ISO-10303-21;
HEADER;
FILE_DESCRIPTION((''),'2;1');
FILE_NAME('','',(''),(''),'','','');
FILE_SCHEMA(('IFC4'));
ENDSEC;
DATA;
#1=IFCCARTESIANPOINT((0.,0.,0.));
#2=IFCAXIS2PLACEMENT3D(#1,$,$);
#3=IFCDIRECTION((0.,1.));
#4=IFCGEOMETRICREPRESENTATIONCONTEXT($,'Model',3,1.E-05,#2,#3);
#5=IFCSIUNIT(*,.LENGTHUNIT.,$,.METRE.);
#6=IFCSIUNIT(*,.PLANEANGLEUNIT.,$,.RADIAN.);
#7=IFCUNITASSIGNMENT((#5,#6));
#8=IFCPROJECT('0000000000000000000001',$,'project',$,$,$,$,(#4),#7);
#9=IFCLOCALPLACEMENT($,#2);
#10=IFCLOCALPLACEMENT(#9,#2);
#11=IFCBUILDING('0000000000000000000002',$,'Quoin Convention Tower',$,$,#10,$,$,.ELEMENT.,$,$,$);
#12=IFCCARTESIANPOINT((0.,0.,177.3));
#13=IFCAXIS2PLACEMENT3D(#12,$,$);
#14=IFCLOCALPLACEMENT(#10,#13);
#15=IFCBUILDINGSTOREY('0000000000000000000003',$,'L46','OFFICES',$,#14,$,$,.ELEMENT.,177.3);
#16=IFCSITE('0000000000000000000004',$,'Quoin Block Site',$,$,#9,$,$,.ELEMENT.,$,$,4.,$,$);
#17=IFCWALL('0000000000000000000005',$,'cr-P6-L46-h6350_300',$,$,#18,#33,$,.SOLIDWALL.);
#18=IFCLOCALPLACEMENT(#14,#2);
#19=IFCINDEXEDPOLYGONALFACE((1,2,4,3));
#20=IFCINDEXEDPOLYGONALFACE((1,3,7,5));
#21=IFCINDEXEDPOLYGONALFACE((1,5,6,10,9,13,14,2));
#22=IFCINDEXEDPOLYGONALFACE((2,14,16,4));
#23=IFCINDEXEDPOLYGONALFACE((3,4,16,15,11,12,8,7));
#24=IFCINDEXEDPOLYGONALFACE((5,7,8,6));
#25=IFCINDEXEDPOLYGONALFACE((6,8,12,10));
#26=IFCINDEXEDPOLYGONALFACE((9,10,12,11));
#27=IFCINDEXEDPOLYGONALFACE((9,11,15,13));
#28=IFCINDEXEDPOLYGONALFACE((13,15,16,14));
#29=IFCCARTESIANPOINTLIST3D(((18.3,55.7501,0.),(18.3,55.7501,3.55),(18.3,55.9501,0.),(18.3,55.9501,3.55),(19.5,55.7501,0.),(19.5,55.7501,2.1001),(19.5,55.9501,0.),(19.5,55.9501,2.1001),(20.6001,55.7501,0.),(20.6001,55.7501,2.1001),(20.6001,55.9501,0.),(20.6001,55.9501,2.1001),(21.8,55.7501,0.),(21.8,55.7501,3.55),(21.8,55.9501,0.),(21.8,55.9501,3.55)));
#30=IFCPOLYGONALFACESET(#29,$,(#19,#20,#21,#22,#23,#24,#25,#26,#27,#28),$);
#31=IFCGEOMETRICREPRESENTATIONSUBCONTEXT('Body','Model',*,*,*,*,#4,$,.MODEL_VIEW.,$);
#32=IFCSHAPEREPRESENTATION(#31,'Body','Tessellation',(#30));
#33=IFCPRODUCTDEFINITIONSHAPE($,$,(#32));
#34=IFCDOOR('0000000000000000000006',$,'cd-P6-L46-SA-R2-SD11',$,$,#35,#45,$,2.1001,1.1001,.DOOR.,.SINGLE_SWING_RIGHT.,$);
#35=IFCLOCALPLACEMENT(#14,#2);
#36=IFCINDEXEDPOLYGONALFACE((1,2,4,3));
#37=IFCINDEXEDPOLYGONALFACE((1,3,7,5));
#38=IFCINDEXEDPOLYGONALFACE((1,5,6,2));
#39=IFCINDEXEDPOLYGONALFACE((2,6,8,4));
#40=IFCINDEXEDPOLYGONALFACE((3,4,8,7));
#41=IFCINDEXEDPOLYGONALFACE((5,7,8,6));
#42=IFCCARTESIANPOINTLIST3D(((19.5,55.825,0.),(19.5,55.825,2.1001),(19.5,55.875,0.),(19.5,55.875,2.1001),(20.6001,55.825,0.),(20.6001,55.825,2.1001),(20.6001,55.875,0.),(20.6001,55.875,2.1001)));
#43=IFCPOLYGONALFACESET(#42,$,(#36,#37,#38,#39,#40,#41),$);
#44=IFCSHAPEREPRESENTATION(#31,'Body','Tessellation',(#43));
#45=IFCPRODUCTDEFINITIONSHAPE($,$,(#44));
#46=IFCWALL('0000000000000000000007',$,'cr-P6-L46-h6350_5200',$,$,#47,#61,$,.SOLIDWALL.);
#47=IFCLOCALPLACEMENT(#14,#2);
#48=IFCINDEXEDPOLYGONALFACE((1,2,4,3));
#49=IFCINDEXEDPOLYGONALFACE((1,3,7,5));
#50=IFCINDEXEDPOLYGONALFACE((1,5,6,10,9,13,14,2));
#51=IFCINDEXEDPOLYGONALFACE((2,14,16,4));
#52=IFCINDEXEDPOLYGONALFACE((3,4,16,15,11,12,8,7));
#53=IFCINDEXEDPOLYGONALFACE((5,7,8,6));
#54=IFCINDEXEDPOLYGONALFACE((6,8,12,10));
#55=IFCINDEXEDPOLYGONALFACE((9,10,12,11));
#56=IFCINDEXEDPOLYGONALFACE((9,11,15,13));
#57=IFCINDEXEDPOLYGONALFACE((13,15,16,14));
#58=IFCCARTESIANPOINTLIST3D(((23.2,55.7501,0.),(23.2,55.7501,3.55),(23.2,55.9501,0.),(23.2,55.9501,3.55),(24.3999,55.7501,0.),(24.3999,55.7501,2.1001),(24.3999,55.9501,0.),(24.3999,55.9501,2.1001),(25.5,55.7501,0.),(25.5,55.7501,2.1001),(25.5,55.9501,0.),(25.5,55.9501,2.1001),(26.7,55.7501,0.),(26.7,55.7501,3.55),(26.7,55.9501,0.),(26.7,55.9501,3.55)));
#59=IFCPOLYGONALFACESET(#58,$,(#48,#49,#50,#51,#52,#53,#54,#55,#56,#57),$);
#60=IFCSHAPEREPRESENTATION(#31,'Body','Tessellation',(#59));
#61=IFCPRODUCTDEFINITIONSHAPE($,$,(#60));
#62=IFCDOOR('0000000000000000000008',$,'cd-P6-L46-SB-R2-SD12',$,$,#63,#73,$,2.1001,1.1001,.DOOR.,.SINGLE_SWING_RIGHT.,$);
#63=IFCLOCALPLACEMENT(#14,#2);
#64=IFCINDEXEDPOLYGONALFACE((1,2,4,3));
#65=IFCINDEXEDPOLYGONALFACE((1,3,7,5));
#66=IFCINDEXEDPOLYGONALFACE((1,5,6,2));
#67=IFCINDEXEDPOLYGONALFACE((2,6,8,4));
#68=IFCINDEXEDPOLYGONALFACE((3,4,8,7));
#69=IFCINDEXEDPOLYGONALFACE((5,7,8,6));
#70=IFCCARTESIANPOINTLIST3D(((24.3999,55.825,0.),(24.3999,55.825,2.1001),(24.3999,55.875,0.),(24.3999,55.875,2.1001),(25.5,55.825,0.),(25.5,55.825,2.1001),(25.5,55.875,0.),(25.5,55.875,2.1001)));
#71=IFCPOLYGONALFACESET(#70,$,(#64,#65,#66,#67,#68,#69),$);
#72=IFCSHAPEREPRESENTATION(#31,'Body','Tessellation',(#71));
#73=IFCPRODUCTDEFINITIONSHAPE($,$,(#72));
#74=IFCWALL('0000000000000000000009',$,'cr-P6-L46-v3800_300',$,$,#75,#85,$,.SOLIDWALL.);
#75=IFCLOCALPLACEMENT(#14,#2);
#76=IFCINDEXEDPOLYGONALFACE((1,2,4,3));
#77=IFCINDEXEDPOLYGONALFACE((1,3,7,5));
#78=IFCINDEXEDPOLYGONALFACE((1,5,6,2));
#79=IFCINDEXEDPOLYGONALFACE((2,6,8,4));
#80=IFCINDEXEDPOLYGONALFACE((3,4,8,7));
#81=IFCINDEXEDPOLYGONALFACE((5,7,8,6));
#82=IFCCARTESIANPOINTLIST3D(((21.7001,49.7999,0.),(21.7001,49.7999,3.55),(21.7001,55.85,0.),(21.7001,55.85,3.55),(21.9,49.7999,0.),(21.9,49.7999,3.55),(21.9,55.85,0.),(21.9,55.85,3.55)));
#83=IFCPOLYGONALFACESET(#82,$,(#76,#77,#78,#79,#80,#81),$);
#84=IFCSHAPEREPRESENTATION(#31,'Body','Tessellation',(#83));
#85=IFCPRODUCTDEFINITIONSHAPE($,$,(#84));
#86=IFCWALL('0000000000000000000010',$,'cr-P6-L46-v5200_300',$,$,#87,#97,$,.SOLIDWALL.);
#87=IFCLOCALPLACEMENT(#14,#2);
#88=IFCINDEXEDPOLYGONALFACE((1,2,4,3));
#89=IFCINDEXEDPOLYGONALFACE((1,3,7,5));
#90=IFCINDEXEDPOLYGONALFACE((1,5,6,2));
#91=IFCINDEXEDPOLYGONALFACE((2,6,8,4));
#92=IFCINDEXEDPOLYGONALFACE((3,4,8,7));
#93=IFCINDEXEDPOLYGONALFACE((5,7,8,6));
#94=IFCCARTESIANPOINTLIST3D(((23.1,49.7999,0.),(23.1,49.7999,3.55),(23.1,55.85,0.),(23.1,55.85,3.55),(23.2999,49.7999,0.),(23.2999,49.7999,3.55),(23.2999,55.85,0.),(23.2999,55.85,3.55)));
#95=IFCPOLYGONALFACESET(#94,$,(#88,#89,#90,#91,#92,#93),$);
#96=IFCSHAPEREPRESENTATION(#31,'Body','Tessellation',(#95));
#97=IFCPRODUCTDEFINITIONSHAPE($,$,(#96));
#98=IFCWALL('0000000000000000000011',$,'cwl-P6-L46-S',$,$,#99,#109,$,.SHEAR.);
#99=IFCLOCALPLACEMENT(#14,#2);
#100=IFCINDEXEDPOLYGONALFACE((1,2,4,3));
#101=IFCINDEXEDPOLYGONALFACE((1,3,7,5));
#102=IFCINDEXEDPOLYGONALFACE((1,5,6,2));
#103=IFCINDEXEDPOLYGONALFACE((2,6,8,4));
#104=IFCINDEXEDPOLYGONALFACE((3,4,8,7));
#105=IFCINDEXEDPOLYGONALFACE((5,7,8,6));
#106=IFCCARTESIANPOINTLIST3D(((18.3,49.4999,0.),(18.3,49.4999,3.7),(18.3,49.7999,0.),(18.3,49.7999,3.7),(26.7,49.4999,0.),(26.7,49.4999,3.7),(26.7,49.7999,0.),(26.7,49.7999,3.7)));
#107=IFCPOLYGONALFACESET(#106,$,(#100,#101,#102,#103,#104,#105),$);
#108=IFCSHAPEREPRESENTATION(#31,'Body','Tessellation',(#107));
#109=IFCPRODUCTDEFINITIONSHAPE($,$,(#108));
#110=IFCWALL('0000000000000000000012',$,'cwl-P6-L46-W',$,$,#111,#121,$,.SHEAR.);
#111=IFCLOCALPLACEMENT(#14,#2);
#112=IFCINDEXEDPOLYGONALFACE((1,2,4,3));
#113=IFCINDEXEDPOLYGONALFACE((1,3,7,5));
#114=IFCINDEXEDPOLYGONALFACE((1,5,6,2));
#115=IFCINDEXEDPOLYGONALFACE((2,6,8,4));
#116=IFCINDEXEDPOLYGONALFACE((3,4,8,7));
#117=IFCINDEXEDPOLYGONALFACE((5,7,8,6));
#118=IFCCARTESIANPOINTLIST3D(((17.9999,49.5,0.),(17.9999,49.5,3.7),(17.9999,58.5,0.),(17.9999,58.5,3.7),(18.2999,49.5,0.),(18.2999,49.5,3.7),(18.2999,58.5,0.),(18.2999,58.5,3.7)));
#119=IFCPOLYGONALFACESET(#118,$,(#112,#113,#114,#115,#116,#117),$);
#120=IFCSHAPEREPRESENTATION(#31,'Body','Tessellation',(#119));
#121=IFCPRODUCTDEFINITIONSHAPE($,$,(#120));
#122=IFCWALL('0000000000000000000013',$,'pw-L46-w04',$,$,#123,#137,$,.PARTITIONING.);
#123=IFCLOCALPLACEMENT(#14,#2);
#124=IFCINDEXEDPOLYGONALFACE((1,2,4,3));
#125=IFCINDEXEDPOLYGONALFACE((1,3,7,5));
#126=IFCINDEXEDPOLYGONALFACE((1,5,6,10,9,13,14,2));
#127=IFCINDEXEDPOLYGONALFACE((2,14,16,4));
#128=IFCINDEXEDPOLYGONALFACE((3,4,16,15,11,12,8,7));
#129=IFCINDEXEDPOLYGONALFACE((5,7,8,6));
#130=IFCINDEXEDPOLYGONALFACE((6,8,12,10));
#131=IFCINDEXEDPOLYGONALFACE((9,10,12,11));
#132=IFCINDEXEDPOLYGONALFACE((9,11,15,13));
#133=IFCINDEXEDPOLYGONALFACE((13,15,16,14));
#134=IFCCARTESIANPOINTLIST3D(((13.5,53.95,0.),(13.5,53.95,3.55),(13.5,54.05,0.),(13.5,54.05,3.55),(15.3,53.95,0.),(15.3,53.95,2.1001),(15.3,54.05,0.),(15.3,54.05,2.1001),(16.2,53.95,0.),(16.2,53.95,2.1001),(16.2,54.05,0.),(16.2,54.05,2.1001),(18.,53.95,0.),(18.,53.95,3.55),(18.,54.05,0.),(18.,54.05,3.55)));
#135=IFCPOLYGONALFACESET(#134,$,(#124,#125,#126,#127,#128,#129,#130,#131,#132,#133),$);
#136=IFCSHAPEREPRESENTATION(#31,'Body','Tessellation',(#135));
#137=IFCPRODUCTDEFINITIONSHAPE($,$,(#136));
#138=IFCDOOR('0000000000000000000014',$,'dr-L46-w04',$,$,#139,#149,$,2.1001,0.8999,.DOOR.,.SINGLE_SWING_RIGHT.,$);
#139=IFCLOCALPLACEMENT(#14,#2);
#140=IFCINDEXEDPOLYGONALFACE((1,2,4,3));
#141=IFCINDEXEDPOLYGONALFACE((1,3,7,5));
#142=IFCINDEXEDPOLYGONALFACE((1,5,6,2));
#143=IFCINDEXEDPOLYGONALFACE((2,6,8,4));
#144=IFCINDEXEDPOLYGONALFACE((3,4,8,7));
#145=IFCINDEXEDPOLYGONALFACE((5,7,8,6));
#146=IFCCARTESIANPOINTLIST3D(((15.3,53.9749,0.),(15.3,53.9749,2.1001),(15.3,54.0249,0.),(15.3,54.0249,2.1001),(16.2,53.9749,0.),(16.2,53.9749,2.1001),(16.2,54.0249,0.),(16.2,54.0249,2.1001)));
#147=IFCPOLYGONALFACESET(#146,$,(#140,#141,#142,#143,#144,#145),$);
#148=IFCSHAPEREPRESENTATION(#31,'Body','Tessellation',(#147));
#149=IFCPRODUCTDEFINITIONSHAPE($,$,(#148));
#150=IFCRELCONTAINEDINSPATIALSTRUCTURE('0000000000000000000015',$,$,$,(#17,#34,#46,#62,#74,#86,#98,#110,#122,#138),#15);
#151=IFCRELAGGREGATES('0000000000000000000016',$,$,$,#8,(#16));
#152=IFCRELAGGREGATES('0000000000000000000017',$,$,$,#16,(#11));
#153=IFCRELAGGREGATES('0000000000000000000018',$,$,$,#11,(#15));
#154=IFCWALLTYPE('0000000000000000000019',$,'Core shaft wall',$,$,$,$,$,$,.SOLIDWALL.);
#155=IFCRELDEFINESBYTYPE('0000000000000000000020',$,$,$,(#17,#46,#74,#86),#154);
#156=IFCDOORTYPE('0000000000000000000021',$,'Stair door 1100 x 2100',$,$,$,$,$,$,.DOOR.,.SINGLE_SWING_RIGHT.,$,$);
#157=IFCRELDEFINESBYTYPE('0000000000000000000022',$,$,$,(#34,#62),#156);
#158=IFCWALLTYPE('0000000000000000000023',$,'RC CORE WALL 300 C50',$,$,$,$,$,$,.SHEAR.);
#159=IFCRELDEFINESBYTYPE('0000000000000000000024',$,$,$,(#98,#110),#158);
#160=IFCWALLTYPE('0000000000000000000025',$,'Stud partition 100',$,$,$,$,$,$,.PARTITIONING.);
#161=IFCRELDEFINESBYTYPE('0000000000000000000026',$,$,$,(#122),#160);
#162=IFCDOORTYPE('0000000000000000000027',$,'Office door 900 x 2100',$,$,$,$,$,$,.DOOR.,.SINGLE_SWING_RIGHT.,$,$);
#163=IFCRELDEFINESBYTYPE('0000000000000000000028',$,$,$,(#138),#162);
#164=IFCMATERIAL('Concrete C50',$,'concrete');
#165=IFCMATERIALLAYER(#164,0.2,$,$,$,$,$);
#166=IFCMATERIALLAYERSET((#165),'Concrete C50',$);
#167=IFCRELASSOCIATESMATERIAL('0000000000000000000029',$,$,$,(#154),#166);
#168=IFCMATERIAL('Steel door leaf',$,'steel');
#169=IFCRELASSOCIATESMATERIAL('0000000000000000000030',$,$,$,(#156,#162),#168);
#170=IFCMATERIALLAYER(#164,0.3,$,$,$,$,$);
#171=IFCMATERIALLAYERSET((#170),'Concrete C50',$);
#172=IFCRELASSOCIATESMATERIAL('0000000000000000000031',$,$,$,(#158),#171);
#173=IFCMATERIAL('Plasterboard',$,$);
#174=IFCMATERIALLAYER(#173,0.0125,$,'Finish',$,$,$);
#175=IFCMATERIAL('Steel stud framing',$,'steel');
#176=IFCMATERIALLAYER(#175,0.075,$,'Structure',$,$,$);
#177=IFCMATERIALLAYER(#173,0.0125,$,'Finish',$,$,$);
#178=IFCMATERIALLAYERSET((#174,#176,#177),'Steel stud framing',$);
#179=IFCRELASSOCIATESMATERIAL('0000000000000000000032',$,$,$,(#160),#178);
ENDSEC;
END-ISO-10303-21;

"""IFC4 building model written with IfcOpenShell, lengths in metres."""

from ifc_helpers import new_model, si_unit, direction, frame, frame_2d, origin, place, context, subcontext, project, spatial, rectangle, extrude, material, layer, layer_set, type_object, element, fill, save


model = new_model("IFC4")

# Units and contexts
model_context = context("Model", 3, precision=1e-05, world=origin(), true_north=direction((0.0, 1.0)))
body_context = subcontext(model_context, "Body", "Model", "MODEL_VIEW")
ifc_project = project(units=[si_unit("LENGTHUNIT", "METRE"), si_unit("PLANEANGLEUNIT", "RADIAN")], contexts=[model_context])

# Site, building, storey
site_placement = place(None, origin())
site = spatial("IfcSite", under=ifc_project, at=site_placement, Name="Quoin Block Site", CompositionType="ELEMENT", RefElevation=4.0)
building_placement = place(site_placement, origin())
building = spatial("IfcBuilding", under=site, at=building_placement, Name="Quoin Convention Tower", CompositionType="ELEMENT")
storey_placement = place(building_placement, frame((0.0, 0.0, 177.3)))
storey = spatial("IfcBuildingStorey", under=building, at=storey_placement, Name="L46", Description="OFFICES", CompositionType="ELEMENT", Elevation=177.3)

# Shared definitions
ifc_material_1 = material(Name="Concrete C50", Category="concrete")

# Shared definitions
ifc_layer_1 = layer(ifc_material_1, 0.2)
ifc_layer_set_1 = layer_set([ifc_layer_1], Name="Concrete C50")
wall_type_1 = type_object("IfcWallType", Name="Core shaft wall", PredefinedType="SOLIDWALL", material=ifc_layer_set_1)

# Walls, openings, doors
wall_1_placement = place(storey_placement, frame((18.3, 55.8501, 0.0), z_axis=(0.0, 0.0, 1.0), x_axis=(1.0, 0.0, 0.0)))
wall_1 = element("IfcWall", 1, at=wall_1_placement, inside=storey, type_object=wall_type_1, Name="cr-P6-L46-h6350_300", PredefinedType="SOLIDWALL", context=body_context, shape_type="SweptSolid", body=[
    extrude(rectangle(XDim=3.5, YDim=0.2, at=frame_2d((1.75, 0.0))), origin(), (0.0, 0.0, 1.0), 3.55),
])
opening_1_placement = place(wall_1_placement, frame((1.2, 0.0, 0.0)))
opening_1 = element("IfcOpeningElement", 2, at=opening_1_placement, cuts=wall_1, PredefinedType="OPENING", context=body_context, shape_type="SweptSolid", body=[
    extrude(rectangle(XDim=1.1001, YDim=2.1001, at=frame_2d((0.55, 1.05))), frame((0.0, 0.1099, 0.0), z_axis=(0.0, -1.0, 0.0), x_axis=(1.0, 0.0, 0.0)), (0.0, 0.0, 1.0), 0.22),
])
ifc_material_2 = material(Name="Steel door leaf", Category="steel")
door_type_1 = type_object("IfcDoorType", Name="Stair door 1100 x 2100", OperationType="SINGLE_SWING_RIGHT", PredefinedType="DOOR", material=ifc_material_2)
door_1_placement = place(opening_1_placement, origin())
door_1 = element("IfcDoor", 3, at=door_1_placement, inside=storey, type_object=door_type_1, Name="cd-P6-L46-SA-R2-SD11", OperationType="SINGLE_SWING_RIGHT", OverallHeight=2.1001, OverallWidth=1.1001, PredefinedType="DOOR", context=body_context, shape_type="SweptSolid", body=[
    extrude(rectangle(XDim=1.1001, YDim=2.1001, at=frame_2d((0.55, 1.05))), frame((0.0, 0.0249, 0.0), z_axis=(0.0, -1.0, 0.0), x_axis=(1.0, 0.0, 0.0)), (0.0, 0.0, 1.0), 0.05),
])
fill(opening_1, door_1)
wall_2_placement = place(storey_placement, frame((23.2, 55.8501, 0.0), z_axis=(0.0, 0.0, 1.0), x_axis=(1.0, 0.0, 0.0)))
wall_2 = element("IfcWall", 4, at=wall_2_placement, inside=storey, type_object=wall_type_1, Name="cr-P6-L46-h6350_5200", PredefinedType="SOLIDWALL", context=body_context, shape_type="SweptSolid", body=[
    extrude(rectangle(XDim=3.5, YDim=0.2, at=frame_2d((1.75, 0.0))), origin(), (0.0, 0.0, 1.0), 3.55),
])
opening_2_placement = place(wall_2_placement, frame((1.2, 0.0, 0.0)))
opening_2 = element("IfcOpeningElement", 5, at=opening_2_placement, cuts=wall_2, PredefinedType="OPENING", context=body_context, shape_type="SweptSolid", body=[
    extrude(rectangle(XDim=1.1001, YDim=2.1001, at=frame_2d((0.55, 1.05))), frame((0.0, 0.1099, 0.0), z_axis=(0.0, -1.0, 0.0), x_axis=(1.0, 0.0, 0.0)), (0.0, 0.0, 1.0), 0.22),
])
door_2_placement = place(opening_2_placement, origin())
door_2 = element("IfcDoor", 6, at=door_2_placement, inside=storey, type_object=door_type_1, Name="cd-P6-L46-SB-R2-SD12", OperationType="SINGLE_SWING_RIGHT", OverallHeight=2.1001, OverallWidth=1.1001, PredefinedType="DOOR", context=body_context, shape_type="SweptSolid", body=[
    extrude(rectangle(XDim=1.1001, YDim=2.1001, at=frame_2d((0.55, 1.05))), frame((0.0, 0.0249, 0.0), z_axis=(0.0, -1.0, 0.0), x_axis=(1.0, 0.0, 0.0)), (0.0, 0.0, 1.0), 0.05),
])
fill(opening_2, door_2)

# Walls
for number, where, z_axis, x_axis, name in (
    (7, (21.8, 49.8, 0.0), (0.0, 0.0, 1.0), (0.0, 1.0, 0.0), "cr-P6-L46-v3800_300"),
    (8, (23.2, 49.8, 0.0), (0.0, 0.0, 1.0), (0.0, 1.0, 0.0), "cr-P6-L46-v5200_300"),
):
    element("IfcWall", number, at=place(storey_placement, frame(where, z_axis=z_axis, x_axis=x_axis)), inside=storey, type_object=wall_type_1, Name=name, PredefinedType="SOLIDWALL", context=body_context, shape_type="SweptSolid", body=[
        extrude(rectangle(XDim=6.05, YDim=0.2, at=frame_2d((3.0249, 0.0))), origin(), (0.0, 0.0, 1.0), 3.55),
    ])
ifc_layer_2 = layer(ifc_material_1, 0.3)
ifc_layer_set_2 = layer_set([ifc_layer_2], Name="Concrete C50")
wall_type_2 = type_object("IfcWallType", Name="RC CORE WALL 300 C50", PredefinedType="SHEAR", material=ifc_layer_set_2)
wall_3_placement = place(storey_placement, frame((18.3, 49.6499, 0.0), z_axis=(0.0, 0.0, 1.0), x_axis=(1.0, 0.0, 0.0)))
element("IfcWall", 9, at=wall_3_placement, inside=storey, type_object=wall_type_2, Name="cwl-P6-L46-S", PredefinedType="SHEAR", context=body_context, shape_type="SweptSolid", body=[
    extrude(rectangle(XDim=8.3999, YDim=0.3, at=frame_2d((4.2, 0.0))), origin(), (0.0, 0.0, 1.0), 3.7),
])
wall_4_placement = place(storey_placement, frame((18.1499, 49.5, 0.0), z_axis=(0.0, 0.0, 1.0), x_axis=(0.0, 1.0, 0.0)))
element("IfcWall", 10, at=wall_4_placement, inside=storey, type_object=wall_type_2, Name="cwl-P6-L46-W", PredefinedType="SHEAR", context=body_context, shape_type="SweptSolid", body=[
    extrude(rectangle(XDim=9.0, YDim=0.3, at=frame_2d((4.5, 0.0))), origin(), (0.0, 0.0, 1.0), 3.7),
])

# Wall, opening, door
ifc_material_3 = material(Name="Plasterboard")
ifc_layer_3 = layer(ifc_material_3, 0.0125, Name="Finish")
ifc_material_4 = material(Name="Steel stud framing", Category="steel")
ifc_layer_4 = layer(ifc_material_4, 0.075, Name="Structure")
ifc_layer_5 = layer(ifc_material_3, 0.0125, Name="Finish")
ifc_layer_set_3 = layer_set([ifc_layer_3, ifc_layer_4, ifc_layer_5], Name="Steel stud framing")
wall_type_3 = type_object("IfcWallType", Name="Stud partition 100", PredefinedType="PARTITIONING", material=ifc_layer_set_3)
wall_5_placement = place(storey_placement, frame((13.5, 54.0, 0.0), z_axis=(0.0, 0.0, 1.0), x_axis=(1.0, 0.0, 0.0)))
wall_5 = element("IfcWall", 11, at=wall_5_placement, inside=storey, type_object=wall_type_3, Name="pw-L46-w04", PredefinedType="PARTITIONING", context=body_context, shape_type="SweptSolid", body=[
    extrude(rectangle(XDim=4.5, YDim=0.1001, at=frame_2d((2.25, 0.0))), origin(), (0.0, 0.0, 1.0), 3.55),
])
opening_3_placement = place(wall_5_placement, frame((1.8, 0.0, 0.0)))
opening_3 = element("IfcOpeningElement", 12, at=opening_3_placement, cuts=wall_5, PredefinedType="OPENING", context=body_context, shape_type="SweptSolid", body=[
    extrude(rectangle(XDim=0.8999, YDim=2.1001, at=frame_2d((0.45, 1.05))), frame((0.0, 0.0601, 0.0), z_axis=(0.0, -1.0, 0.0), x_axis=(1.0, 0.0, 0.0)), (0.0, 0.0, 1.0), 0.1201),
])
door_type_2 = type_object("IfcDoorType", Name="Office door 900 x 2100", OperationType="SINGLE_SWING_RIGHT", PredefinedType="DOOR", material=ifc_material_2)
door_3_placement = place(opening_3_placement, origin())
door_3 = element("IfcDoor", 13, at=door_3_placement, inside=storey, type_object=door_type_2, Name="dr-L46-w04", OperationType="SINGLE_SWING_RIGHT", OverallHeight=2.1001, OverallWidth=0.8999, PredefinedType="DOOR", context=body_context, shape_type="SweptSolid", body=[
    extrude(rectangle(XDim=0.8999, YDim=2.1001, at=frame_2d((0.45, 1.05))), frame((0.0, 0.0249, 0.0), z_axis=(0.0, -1.0, 0.0), x_axis=(1.0, 0.0, 0.0)), (0.0, 0.0, 1.0), 0.05),
])
fill(opening_3, door_3)

save(model, "model.ifc")
